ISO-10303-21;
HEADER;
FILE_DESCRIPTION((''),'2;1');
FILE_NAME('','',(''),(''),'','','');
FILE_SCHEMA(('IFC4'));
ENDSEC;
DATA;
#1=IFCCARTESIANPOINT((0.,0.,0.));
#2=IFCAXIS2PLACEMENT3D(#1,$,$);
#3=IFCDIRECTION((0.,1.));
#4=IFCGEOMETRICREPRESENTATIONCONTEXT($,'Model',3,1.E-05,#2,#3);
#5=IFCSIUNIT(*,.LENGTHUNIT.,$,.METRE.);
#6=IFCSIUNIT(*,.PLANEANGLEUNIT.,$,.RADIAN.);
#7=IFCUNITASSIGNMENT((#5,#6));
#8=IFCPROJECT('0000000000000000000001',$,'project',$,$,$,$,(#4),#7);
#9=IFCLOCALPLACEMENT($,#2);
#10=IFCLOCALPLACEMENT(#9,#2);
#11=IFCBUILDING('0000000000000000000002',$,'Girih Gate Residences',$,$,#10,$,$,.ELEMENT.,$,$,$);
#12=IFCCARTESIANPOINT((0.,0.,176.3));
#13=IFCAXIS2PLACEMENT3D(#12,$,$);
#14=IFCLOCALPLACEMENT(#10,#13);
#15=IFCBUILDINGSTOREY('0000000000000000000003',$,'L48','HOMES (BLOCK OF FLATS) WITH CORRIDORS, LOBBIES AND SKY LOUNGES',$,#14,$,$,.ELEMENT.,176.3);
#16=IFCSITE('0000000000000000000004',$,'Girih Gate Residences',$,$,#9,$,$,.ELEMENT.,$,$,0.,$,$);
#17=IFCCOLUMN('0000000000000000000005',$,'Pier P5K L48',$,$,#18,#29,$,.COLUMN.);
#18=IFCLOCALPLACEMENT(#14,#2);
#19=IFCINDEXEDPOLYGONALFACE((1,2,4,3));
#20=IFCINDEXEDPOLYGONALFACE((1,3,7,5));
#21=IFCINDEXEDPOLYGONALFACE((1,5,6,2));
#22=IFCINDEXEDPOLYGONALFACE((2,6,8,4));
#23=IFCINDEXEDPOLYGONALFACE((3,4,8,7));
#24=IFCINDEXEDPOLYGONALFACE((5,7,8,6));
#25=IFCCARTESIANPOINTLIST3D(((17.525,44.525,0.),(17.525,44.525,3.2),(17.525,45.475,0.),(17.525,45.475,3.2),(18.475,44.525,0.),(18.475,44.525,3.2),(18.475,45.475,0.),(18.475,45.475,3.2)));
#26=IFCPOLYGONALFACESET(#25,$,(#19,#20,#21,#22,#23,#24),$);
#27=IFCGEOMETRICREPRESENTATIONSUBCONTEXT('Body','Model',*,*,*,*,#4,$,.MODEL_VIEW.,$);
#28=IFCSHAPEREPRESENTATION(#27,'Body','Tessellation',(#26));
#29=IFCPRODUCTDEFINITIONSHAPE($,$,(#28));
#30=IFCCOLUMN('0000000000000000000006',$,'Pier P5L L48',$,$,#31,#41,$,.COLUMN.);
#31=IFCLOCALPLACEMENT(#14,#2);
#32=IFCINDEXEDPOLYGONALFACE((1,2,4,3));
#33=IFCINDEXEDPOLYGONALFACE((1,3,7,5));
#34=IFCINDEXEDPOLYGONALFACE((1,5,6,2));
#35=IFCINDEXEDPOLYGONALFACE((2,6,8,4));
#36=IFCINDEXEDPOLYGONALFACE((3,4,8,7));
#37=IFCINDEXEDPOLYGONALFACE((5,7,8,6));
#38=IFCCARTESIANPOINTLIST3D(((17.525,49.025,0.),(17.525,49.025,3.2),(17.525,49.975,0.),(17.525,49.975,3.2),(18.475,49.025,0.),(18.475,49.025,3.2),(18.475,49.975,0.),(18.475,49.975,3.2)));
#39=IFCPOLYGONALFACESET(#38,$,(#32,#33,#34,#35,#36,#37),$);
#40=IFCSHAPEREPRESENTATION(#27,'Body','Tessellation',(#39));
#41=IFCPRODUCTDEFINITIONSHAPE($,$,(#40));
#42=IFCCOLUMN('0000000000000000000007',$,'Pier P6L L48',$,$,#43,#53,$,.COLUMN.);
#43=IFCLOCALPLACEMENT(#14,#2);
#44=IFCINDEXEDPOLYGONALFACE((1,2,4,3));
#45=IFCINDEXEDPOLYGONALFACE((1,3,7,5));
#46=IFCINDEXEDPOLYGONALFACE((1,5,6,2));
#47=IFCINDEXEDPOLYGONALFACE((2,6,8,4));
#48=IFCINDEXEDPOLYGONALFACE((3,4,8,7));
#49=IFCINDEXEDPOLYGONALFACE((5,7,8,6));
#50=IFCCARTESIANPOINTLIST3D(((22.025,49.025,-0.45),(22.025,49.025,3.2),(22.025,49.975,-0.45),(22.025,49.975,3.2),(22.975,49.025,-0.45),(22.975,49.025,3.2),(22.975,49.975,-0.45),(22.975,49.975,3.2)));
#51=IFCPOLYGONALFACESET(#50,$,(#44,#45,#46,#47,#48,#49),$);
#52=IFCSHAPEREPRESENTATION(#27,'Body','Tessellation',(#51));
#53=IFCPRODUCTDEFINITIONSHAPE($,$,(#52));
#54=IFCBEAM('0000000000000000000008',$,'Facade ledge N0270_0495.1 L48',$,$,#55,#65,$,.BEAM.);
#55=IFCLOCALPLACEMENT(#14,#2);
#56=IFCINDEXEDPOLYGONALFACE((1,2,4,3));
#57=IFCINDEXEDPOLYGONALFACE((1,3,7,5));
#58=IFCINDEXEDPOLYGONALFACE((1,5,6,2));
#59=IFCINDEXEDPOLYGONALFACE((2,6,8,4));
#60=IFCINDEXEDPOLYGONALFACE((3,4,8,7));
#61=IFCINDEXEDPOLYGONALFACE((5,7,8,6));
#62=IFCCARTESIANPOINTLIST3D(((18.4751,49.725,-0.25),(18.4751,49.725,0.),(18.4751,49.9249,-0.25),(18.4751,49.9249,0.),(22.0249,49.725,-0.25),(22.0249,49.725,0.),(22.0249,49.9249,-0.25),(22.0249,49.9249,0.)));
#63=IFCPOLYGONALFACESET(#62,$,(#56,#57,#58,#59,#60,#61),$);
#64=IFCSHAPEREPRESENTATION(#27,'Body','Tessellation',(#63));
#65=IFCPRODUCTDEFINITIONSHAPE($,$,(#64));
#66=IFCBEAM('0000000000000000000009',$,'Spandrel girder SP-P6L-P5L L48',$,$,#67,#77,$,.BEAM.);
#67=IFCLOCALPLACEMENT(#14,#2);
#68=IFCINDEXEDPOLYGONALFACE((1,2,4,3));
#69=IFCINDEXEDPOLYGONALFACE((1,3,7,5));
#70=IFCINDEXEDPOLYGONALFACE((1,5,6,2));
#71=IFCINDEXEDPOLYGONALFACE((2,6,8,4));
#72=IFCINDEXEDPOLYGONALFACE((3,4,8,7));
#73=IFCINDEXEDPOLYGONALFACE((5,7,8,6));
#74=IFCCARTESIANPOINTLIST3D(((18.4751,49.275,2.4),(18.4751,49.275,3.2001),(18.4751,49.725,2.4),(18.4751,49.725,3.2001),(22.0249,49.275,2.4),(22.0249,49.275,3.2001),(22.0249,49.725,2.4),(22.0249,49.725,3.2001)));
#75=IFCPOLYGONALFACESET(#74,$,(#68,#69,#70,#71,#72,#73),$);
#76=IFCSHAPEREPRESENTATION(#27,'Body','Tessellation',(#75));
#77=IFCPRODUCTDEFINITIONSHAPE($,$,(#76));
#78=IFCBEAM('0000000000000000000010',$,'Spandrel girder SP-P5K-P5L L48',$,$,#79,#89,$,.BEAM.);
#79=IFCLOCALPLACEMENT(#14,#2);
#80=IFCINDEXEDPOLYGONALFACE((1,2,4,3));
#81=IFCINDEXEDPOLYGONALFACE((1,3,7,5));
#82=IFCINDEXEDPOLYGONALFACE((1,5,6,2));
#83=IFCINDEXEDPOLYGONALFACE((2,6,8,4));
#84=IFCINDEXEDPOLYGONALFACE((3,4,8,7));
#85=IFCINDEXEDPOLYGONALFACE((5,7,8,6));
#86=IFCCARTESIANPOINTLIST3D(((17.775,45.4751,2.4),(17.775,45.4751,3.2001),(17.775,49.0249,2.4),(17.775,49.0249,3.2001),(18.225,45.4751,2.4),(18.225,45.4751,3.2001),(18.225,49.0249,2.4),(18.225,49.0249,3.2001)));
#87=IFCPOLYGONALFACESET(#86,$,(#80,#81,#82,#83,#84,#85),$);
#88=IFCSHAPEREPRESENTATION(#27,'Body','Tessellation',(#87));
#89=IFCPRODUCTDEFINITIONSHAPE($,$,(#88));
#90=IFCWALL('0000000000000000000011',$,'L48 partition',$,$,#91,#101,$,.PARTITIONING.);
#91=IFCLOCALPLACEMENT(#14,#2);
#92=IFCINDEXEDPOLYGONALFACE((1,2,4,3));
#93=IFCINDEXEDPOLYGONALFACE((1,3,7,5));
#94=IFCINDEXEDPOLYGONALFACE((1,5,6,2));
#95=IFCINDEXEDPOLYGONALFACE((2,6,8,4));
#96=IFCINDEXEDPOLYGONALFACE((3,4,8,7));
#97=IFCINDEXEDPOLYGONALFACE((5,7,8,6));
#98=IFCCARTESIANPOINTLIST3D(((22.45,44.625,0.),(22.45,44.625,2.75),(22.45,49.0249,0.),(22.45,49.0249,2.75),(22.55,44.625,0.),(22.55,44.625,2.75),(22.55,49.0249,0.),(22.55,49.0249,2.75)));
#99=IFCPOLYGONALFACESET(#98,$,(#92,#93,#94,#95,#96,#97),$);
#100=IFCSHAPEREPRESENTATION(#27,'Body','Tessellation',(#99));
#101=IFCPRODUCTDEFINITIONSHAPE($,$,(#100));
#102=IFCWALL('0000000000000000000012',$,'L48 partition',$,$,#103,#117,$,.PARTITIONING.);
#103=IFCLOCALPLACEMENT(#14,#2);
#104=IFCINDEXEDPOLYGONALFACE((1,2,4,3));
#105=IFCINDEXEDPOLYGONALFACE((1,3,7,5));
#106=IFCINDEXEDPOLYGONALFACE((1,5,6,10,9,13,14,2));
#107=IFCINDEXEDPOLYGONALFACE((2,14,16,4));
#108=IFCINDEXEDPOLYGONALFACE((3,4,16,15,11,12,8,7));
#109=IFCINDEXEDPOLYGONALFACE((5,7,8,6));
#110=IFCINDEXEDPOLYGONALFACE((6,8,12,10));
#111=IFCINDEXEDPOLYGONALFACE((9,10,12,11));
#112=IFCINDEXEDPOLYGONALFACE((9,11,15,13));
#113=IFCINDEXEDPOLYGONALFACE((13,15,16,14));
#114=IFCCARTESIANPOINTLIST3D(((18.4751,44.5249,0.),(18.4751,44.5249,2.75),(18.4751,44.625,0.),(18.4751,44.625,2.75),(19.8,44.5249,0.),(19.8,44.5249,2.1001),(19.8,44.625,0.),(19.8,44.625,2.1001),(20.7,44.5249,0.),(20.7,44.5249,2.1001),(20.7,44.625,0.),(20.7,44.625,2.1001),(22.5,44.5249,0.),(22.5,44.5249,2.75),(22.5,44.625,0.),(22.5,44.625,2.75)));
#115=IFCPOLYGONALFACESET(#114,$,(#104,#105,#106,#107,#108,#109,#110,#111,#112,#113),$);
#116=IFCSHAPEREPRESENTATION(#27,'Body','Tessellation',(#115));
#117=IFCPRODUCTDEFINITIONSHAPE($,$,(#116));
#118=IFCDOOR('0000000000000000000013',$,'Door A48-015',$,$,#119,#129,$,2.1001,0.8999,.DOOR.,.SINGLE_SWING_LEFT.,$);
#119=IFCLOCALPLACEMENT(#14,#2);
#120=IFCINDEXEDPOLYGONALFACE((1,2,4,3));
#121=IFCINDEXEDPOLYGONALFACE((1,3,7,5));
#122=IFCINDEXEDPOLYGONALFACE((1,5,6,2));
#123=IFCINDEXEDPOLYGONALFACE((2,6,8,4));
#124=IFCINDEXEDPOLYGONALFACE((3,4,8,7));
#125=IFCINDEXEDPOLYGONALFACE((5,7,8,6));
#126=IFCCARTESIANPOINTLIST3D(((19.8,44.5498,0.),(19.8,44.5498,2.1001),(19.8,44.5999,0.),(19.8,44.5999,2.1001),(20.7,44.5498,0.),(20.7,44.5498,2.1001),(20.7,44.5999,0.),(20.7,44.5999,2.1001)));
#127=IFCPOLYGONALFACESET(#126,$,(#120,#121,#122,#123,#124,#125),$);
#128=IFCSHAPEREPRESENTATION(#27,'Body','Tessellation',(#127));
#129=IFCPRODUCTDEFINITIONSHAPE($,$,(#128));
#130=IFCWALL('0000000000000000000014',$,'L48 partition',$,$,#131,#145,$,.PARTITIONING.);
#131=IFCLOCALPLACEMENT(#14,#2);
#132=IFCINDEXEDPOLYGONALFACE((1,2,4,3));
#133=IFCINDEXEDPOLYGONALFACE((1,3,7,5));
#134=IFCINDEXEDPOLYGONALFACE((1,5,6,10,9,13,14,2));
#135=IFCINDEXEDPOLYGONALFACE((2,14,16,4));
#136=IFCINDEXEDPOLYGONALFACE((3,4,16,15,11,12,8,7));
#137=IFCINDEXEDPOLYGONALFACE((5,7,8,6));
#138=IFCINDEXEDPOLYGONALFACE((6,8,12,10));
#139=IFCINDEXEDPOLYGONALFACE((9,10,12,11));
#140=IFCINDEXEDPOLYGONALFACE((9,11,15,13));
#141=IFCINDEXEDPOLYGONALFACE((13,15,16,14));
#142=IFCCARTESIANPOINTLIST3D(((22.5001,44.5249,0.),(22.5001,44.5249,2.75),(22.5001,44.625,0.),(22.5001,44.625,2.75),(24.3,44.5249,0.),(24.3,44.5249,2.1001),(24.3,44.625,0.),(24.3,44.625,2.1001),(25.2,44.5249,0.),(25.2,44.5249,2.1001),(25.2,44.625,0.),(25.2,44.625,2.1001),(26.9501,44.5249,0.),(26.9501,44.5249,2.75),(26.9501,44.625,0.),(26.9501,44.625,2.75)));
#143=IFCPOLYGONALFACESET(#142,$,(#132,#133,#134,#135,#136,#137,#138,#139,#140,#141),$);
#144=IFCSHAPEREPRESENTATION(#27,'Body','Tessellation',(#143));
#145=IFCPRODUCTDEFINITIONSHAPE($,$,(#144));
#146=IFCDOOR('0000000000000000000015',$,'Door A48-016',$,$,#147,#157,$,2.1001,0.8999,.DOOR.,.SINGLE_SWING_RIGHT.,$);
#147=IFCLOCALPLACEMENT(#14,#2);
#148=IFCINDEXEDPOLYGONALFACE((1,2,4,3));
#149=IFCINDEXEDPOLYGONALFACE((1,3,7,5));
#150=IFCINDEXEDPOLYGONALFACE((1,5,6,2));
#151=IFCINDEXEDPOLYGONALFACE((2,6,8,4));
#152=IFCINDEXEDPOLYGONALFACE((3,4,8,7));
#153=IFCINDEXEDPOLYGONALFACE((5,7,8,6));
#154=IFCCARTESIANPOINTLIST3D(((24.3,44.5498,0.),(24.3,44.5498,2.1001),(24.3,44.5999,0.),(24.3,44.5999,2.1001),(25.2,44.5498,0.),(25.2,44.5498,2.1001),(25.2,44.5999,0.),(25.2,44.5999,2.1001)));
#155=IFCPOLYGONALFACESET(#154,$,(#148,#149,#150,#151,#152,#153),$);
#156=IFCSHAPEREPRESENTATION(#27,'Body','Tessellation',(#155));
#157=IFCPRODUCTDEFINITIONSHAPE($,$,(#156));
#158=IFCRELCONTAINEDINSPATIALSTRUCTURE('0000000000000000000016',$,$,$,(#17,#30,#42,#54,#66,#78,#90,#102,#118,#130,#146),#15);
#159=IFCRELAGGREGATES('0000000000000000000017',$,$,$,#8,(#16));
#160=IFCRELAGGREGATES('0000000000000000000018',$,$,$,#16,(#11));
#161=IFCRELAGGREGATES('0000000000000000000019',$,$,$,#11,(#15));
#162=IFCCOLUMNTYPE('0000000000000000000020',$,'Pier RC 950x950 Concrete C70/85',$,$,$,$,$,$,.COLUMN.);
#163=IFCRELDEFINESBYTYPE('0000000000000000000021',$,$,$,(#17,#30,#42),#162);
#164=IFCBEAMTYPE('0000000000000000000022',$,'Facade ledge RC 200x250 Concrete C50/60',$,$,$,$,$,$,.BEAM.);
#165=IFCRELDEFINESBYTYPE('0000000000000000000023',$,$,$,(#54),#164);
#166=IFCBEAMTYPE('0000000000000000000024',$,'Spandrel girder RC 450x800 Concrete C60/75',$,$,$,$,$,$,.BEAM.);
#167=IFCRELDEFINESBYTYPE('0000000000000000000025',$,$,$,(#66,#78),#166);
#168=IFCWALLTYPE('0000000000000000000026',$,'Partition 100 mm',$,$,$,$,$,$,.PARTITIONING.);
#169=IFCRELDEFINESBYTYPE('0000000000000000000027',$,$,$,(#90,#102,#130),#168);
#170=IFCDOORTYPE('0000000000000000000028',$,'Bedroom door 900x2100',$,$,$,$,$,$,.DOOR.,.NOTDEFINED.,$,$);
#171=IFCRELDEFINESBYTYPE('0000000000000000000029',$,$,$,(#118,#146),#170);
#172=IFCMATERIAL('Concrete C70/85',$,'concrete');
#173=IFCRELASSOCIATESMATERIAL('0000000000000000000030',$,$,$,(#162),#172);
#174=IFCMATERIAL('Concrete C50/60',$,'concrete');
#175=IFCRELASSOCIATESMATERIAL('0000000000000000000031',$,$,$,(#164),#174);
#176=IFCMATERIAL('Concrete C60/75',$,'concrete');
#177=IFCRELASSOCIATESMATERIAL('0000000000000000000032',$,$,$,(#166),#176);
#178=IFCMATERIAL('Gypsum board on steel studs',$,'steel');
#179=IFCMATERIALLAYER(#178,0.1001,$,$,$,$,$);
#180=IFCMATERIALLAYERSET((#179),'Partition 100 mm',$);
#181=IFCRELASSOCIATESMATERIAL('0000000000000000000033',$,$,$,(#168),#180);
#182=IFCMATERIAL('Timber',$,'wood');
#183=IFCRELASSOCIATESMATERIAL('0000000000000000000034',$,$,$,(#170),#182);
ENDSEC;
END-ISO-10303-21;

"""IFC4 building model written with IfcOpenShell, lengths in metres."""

from ifc_helpers import new_model, si_unit, direction, frame, frame_2d, origin, origin_2d, place, context, subcontext, project, spatial, rectangle, extrude, material, layer, layer_set, material_profile, profile_set, type_object, element, fill, save


model = new_model("IFC4")

# Units and contexts
model_context = context("Model", 3, precision=1e-05, world=origin(), true_north=direction((0.0, 1.0)))
body_context = subcontext(model_context, "Body", "Model", "MODEL_VIEW")
ifc_project = project(units=[si_unit("LENGTHUNIT", "METRE"), si_unit("PLANEANGLEUNIT", "RADIAN")], contexts=[model_context])

# Site, building, storey
site_placement = place(None, origin())
site = spatial("IfcSite", under=ifc_project, at=site_placement, Name="Girih Gate Residences", CompositionType="ELEMENT", RefElevation=0.0)
building_placement = place(site_placement, origin())
building = spatial("IfcBuilding", under=site, at=building_placement, Name="Girih Gate Residences", CompositionType="ELEMENT")
storey_placement = place(building_placement, frame((0.0, 0.0, 176.3)))
storey = spatial("IfcBuildingStorey", under=building, at=storey_placement, Name="L48", Description="HOMES (BLOCK OF FLATS) WITH CORRIDORS, LOBBIES AND SKY LOUNGES", CompositionType="ELEMENT", Elevation=176.3)

# Columns
ifc_material_1 = material(Name="Concrete C70/85", Category="concrete")
ifc_material_profile_1 = material_profile(ifc_material_1, rectangle(XDim=0.95, YDim=0.95, at=origin_2d()))
ifc_profile_set_1 = profile_set([ifc_material_profile_1], Name="Concrete C70/85")
column_type = type_object("IfcColumnType", Name="Pier RC 950x950 Concrete C70/85", PredefinedType="COLUMN", material=ifc_profile_set_1)
for number, where, z_axis, x_axis, name in (
    (1, (18.0, 45.0, 0.0), (0.0, 0.0, 1.0), (1.0, 0.0, 0.0), "Pier P5K L48"),
    (2, (18.0, 49.5, 0.0), (0.0, 0.0, 1.0), (1.0, 0.0, 0.0), "Pier P5L L48"),
):
    element("IfcColumn", number, at=place(storey_placement, frame(where, z_axis=z_axis, x_axis=x_axis)), inside=storey, type_object=column_type, Name=name, PredefinedType="COLUMN", context=body_context, shape_type="SweptSolid", body=[
        extrude(rectangle(XDim=0.95, YDim=0.95, at=origin_2d()), origin(), (0.0, 0.0, 1.0), 3.2),
    ])
column_placement = place(storey_placement, frame((22.5, 49.5, -0.45), z_axis=(0.0, 0.0, 1.0), x_axis=(1.0, 0.0, 0.0)))
element("IfcColumn", 3, at=column_placement, inside=storey, type_object=column_type, Name="Pier P6L L48", PredefinedType="COLUMN", context=body_context, shape_type="SweptSolid", body=[
    extrude(rectangle(XDim=0.95, YDim=0.95, at=origin_2d()), origin(), (0.0, 0.0, 1.0), 3.6499),
])

# Beams
ifc_material_2 = material(Name="Concrete C50/60", Category="concrete")
ifc_material_profile_2 = material_profile(ifc_material_2, rectangle(XDim=0.2, YDim=0.25, at=origin_2d()))
ifc_profile_set_2 = profile_set([ifc_material_profile_2], Name="Concrete C50/60")
beam_type_1 = type_object("IfcBeamType", Name="Facade ledge RC 200x250 Concrete C50/60", PredefinedType="BEAM", material=ifc_profile_set_2)
beam_placement = place(storey_placement, frame((22.0249, 49.825, -0.125), z_axis=(-1.0, 0.0, 0.0), x_axis=(0.0, -1.0, 0.0)))
element("IfcBeam", 4, at=beam_placement, inside=storey, type_object=beam_type_1, Name="Facade ledge N0270_0495.1 L48", PredefinedType="BEAM", context=body_context, shape_type="SweptSolid", body=[
    extrude(rectangle(XDim=0.2, YDim=0.25, at=origin_2d()), origin(), (0.0, 0.0, 1.0), 3.5498),
])
ifc_material_3 = material(Name="Concrete C60/75", Category="concrete")
ifc_material_profile_3 = material_profile(ifc_material_3, rectangle(XDim=0.45, YDim=0.8, at=origin_2d()))
ifc_profile_set_3 = profile_set([ifc_material_profile_3], Name="Concrete C60/75")
beam_type_2 = type_object("IfcBeamType", Name="Spandrel girder RC 450x800 Concrete C60/75", PredefinedType="BEAM", material=ifc_profile_set_3)
for number, where, z_axis, x_axis, name in (
    (5, (22.0249, 49.5, 2.8), (-1.0, 0.0, 0.0), (0.0, -1.0, 0.0), "Spandrel girder SP-P6L-P5L L48"),
    (6, (18.0, 45.4751, 2.8), (0.0, 1.0, 0.0), (-1.0, 0.0, 0.0), "Spandrel girder SP-P5K-P5L L48"),
):
    element("IfcBeam", number, at=place(storey_placement, frame(where, z_axis=z_axis, x_axis=x_axis)), inside=storey, type_object=beam_type_2, Name=name, PredefinedType="BEAM", context=body_context, shape_type="SweptSolid", body=[
        extrude(rectangle(XDim=0.45, YDim=0.8, at=origin_2d()), origin(), (0.0, 0.0, 1.0), 3.5498),
    ])

# Wall
ifc_material_4 = material(Name="Gypsum board on steel studs", Category="steel")
ifc_layer_1 = layer(ifc_material_4, 0.1001)
ifc_layer_set_1 = layer_set([ifc_layer_1], Name="Partition 100 mm")
wall_type_1 = type_object("IfcWallType", Name="Partition 100 mm", PredefinedType="PARTITIONING", material=ifc_layer_set_1)
wall_1_placement = place(storey_placement, frame((22.5, 44.625, 0.0), z_axis=(0.0, 0.0, 1.0), x_axis=(0.0, 1.0, 0.0)))
element("IfcWall", 7, at=wall_1_placement, inside=storey, type_object=wall_type_1, Name="L48 partition", PredefinedType="PARTITIONING", context=body_context, shape_type="SweptSolid", body=[
    extrude(rectangle(XDim=4.3999, YDim=0.1001, at=frame_2d((2.2, 0.0))), origin(), (0.0, 0.0, 1.0), 2.75),
])

# Walls, openings, doors
wall_2_placement = place(storey_placement, frame((18.4751, 44.575, 0.0), z_axis=(0.0, 0.0, 1.0), x_axis=(1.0, 0.0, 0.0)))
wall_2 = element("IfcWall", 8, at=wall_2_placement, inside=storey, type_object=wall_type_1, Name="L48 partition", PredefinedType="PARTITIONING", context=body_context, shape_type="SweptSolid", body=[
    extrude(rectangle(XDim=4.0249, YDim=0.1001, at=frame_2d((2.0125, 0.0))), origin(), (0.0, 0.0, 1.0), 2.75),
])
opening_1_placement = place(wall_2_placement, frame((1.325, 0.0, 0.0)))
opening_1 = element("IfcOpeningElement", 9, at=opening_1_placement, cuts=wall_2, PredefinedType="OPENING", context=body_context, shape_type="SweptSolid", body=[
    extrude(rectangle(XDim=0.8999, YDim=2.1001, at=frame_2d((0.45, 1.05))), frame((0.0, 0.0601, 0.0), z_axis=(0.0, -1.0, 0.0), x_axis=(1.0, 0.0, 0.0)), (0.0, 0.0, 1.0), 0.1201),
])
ifc_material_5 = material(Name="Timber", Category="wood")
door_type_1 = type_object("IfcDoorType", Name="Bedroom door 900x2100", OperationType="NOTDEFINED", PredefinedType="DOOR", material=ifc_material_5)
door_1_placement = place(opening_1_placement, origin())
door_1 = element("IfcDoor", 10, at=door_1_placement, inside=storey, type_object=door_type_1, Name="Door A48-015", OperationType="SINGLE_SWING_LEFT", OverallHeight=2.1001, OverallWidth=0.8999, PredefinedType="DOOR", context=body_context, shape_type="SweptSolid", body=[
    extrude(rectangle(XDim=0.8999, YDim=2.1001, at=frame_2d((0.45, 1.05))), frame((0.0, 0.0249, 0.0), z_axis=(0.0, -1.0, 0.0), x_axis=(1.0, 0.0, 0.0)), (0.0, 0.0, 1.0), 0.05),
])
fill(opening_1, door_1)
wall_3_placement = place(storey_placement, frame((22.5, 44.575, 0.0), z_axis=(0.0, 0.0, 1.0), x_axis=(1.0, 0.0, 0.0)))
wall_3 = element("IfcWall", 11, at=wall_3_placement, inside=storey, type_object=wall_type_1, Name="L48 partition", PredefinedType="PARTITIONING", context=body_context, shape_type="SweptSolid", body=[
    extrude(rectangle(XDim=4.45, YDim=0.1001, at=frame_2d((2.2251, 0.0))), origin(), (0.0, 0.0, 1.0), 2.75),
])
opening_2_placement = place(wall_3_placement, frame((1.8, 0.0, 0.0)))
opening_2 = element("IfcOpeningElement", 12, at=opening_2_placement, cuts=wall_3, PredefinedType="OPENING", context=body_context, shape_type="SweptSolid", body=[
    extrude(rectangle(XDim=0.8999, YDim=2.1001, at=frame_2d((0.45, 1.05))), frame((0.0, 0.0601, 0.0), z_axis=(0.0, -1.0, 0.0), x_axis=(1.0, 0.0, 0.0)), (0.0, 0.0, 1.0), 0.1201),
])
door_2_placement = place(opening_2_placement, origin())
door_2 = element("IfcDoor", 13, at=door_2_placement, inside=storey, type_object=door_type_1, Name="Door A48-016", OperationType="SINGLE_SWING_RIGHT", OverallHeight=2.1001, OverallWidth=0.8999, PredefinedType="DOOR", context=body_context, shape_type="SweptSolid", body=[
    extrude(rectangle(XDim=0.8999, YDim=2.1001, at=frame_2d((0.45, 1.05))), frame((0.0, 0.0249, 0.0), z_axis=(0.0, -1.0, 0.0), x_axis=(1.0, 0.0, 0.0)), (0.0, 0.0, 1.0), 0.05),
])
fill(opening_2, door_2)

save(model, "model.ifc")
